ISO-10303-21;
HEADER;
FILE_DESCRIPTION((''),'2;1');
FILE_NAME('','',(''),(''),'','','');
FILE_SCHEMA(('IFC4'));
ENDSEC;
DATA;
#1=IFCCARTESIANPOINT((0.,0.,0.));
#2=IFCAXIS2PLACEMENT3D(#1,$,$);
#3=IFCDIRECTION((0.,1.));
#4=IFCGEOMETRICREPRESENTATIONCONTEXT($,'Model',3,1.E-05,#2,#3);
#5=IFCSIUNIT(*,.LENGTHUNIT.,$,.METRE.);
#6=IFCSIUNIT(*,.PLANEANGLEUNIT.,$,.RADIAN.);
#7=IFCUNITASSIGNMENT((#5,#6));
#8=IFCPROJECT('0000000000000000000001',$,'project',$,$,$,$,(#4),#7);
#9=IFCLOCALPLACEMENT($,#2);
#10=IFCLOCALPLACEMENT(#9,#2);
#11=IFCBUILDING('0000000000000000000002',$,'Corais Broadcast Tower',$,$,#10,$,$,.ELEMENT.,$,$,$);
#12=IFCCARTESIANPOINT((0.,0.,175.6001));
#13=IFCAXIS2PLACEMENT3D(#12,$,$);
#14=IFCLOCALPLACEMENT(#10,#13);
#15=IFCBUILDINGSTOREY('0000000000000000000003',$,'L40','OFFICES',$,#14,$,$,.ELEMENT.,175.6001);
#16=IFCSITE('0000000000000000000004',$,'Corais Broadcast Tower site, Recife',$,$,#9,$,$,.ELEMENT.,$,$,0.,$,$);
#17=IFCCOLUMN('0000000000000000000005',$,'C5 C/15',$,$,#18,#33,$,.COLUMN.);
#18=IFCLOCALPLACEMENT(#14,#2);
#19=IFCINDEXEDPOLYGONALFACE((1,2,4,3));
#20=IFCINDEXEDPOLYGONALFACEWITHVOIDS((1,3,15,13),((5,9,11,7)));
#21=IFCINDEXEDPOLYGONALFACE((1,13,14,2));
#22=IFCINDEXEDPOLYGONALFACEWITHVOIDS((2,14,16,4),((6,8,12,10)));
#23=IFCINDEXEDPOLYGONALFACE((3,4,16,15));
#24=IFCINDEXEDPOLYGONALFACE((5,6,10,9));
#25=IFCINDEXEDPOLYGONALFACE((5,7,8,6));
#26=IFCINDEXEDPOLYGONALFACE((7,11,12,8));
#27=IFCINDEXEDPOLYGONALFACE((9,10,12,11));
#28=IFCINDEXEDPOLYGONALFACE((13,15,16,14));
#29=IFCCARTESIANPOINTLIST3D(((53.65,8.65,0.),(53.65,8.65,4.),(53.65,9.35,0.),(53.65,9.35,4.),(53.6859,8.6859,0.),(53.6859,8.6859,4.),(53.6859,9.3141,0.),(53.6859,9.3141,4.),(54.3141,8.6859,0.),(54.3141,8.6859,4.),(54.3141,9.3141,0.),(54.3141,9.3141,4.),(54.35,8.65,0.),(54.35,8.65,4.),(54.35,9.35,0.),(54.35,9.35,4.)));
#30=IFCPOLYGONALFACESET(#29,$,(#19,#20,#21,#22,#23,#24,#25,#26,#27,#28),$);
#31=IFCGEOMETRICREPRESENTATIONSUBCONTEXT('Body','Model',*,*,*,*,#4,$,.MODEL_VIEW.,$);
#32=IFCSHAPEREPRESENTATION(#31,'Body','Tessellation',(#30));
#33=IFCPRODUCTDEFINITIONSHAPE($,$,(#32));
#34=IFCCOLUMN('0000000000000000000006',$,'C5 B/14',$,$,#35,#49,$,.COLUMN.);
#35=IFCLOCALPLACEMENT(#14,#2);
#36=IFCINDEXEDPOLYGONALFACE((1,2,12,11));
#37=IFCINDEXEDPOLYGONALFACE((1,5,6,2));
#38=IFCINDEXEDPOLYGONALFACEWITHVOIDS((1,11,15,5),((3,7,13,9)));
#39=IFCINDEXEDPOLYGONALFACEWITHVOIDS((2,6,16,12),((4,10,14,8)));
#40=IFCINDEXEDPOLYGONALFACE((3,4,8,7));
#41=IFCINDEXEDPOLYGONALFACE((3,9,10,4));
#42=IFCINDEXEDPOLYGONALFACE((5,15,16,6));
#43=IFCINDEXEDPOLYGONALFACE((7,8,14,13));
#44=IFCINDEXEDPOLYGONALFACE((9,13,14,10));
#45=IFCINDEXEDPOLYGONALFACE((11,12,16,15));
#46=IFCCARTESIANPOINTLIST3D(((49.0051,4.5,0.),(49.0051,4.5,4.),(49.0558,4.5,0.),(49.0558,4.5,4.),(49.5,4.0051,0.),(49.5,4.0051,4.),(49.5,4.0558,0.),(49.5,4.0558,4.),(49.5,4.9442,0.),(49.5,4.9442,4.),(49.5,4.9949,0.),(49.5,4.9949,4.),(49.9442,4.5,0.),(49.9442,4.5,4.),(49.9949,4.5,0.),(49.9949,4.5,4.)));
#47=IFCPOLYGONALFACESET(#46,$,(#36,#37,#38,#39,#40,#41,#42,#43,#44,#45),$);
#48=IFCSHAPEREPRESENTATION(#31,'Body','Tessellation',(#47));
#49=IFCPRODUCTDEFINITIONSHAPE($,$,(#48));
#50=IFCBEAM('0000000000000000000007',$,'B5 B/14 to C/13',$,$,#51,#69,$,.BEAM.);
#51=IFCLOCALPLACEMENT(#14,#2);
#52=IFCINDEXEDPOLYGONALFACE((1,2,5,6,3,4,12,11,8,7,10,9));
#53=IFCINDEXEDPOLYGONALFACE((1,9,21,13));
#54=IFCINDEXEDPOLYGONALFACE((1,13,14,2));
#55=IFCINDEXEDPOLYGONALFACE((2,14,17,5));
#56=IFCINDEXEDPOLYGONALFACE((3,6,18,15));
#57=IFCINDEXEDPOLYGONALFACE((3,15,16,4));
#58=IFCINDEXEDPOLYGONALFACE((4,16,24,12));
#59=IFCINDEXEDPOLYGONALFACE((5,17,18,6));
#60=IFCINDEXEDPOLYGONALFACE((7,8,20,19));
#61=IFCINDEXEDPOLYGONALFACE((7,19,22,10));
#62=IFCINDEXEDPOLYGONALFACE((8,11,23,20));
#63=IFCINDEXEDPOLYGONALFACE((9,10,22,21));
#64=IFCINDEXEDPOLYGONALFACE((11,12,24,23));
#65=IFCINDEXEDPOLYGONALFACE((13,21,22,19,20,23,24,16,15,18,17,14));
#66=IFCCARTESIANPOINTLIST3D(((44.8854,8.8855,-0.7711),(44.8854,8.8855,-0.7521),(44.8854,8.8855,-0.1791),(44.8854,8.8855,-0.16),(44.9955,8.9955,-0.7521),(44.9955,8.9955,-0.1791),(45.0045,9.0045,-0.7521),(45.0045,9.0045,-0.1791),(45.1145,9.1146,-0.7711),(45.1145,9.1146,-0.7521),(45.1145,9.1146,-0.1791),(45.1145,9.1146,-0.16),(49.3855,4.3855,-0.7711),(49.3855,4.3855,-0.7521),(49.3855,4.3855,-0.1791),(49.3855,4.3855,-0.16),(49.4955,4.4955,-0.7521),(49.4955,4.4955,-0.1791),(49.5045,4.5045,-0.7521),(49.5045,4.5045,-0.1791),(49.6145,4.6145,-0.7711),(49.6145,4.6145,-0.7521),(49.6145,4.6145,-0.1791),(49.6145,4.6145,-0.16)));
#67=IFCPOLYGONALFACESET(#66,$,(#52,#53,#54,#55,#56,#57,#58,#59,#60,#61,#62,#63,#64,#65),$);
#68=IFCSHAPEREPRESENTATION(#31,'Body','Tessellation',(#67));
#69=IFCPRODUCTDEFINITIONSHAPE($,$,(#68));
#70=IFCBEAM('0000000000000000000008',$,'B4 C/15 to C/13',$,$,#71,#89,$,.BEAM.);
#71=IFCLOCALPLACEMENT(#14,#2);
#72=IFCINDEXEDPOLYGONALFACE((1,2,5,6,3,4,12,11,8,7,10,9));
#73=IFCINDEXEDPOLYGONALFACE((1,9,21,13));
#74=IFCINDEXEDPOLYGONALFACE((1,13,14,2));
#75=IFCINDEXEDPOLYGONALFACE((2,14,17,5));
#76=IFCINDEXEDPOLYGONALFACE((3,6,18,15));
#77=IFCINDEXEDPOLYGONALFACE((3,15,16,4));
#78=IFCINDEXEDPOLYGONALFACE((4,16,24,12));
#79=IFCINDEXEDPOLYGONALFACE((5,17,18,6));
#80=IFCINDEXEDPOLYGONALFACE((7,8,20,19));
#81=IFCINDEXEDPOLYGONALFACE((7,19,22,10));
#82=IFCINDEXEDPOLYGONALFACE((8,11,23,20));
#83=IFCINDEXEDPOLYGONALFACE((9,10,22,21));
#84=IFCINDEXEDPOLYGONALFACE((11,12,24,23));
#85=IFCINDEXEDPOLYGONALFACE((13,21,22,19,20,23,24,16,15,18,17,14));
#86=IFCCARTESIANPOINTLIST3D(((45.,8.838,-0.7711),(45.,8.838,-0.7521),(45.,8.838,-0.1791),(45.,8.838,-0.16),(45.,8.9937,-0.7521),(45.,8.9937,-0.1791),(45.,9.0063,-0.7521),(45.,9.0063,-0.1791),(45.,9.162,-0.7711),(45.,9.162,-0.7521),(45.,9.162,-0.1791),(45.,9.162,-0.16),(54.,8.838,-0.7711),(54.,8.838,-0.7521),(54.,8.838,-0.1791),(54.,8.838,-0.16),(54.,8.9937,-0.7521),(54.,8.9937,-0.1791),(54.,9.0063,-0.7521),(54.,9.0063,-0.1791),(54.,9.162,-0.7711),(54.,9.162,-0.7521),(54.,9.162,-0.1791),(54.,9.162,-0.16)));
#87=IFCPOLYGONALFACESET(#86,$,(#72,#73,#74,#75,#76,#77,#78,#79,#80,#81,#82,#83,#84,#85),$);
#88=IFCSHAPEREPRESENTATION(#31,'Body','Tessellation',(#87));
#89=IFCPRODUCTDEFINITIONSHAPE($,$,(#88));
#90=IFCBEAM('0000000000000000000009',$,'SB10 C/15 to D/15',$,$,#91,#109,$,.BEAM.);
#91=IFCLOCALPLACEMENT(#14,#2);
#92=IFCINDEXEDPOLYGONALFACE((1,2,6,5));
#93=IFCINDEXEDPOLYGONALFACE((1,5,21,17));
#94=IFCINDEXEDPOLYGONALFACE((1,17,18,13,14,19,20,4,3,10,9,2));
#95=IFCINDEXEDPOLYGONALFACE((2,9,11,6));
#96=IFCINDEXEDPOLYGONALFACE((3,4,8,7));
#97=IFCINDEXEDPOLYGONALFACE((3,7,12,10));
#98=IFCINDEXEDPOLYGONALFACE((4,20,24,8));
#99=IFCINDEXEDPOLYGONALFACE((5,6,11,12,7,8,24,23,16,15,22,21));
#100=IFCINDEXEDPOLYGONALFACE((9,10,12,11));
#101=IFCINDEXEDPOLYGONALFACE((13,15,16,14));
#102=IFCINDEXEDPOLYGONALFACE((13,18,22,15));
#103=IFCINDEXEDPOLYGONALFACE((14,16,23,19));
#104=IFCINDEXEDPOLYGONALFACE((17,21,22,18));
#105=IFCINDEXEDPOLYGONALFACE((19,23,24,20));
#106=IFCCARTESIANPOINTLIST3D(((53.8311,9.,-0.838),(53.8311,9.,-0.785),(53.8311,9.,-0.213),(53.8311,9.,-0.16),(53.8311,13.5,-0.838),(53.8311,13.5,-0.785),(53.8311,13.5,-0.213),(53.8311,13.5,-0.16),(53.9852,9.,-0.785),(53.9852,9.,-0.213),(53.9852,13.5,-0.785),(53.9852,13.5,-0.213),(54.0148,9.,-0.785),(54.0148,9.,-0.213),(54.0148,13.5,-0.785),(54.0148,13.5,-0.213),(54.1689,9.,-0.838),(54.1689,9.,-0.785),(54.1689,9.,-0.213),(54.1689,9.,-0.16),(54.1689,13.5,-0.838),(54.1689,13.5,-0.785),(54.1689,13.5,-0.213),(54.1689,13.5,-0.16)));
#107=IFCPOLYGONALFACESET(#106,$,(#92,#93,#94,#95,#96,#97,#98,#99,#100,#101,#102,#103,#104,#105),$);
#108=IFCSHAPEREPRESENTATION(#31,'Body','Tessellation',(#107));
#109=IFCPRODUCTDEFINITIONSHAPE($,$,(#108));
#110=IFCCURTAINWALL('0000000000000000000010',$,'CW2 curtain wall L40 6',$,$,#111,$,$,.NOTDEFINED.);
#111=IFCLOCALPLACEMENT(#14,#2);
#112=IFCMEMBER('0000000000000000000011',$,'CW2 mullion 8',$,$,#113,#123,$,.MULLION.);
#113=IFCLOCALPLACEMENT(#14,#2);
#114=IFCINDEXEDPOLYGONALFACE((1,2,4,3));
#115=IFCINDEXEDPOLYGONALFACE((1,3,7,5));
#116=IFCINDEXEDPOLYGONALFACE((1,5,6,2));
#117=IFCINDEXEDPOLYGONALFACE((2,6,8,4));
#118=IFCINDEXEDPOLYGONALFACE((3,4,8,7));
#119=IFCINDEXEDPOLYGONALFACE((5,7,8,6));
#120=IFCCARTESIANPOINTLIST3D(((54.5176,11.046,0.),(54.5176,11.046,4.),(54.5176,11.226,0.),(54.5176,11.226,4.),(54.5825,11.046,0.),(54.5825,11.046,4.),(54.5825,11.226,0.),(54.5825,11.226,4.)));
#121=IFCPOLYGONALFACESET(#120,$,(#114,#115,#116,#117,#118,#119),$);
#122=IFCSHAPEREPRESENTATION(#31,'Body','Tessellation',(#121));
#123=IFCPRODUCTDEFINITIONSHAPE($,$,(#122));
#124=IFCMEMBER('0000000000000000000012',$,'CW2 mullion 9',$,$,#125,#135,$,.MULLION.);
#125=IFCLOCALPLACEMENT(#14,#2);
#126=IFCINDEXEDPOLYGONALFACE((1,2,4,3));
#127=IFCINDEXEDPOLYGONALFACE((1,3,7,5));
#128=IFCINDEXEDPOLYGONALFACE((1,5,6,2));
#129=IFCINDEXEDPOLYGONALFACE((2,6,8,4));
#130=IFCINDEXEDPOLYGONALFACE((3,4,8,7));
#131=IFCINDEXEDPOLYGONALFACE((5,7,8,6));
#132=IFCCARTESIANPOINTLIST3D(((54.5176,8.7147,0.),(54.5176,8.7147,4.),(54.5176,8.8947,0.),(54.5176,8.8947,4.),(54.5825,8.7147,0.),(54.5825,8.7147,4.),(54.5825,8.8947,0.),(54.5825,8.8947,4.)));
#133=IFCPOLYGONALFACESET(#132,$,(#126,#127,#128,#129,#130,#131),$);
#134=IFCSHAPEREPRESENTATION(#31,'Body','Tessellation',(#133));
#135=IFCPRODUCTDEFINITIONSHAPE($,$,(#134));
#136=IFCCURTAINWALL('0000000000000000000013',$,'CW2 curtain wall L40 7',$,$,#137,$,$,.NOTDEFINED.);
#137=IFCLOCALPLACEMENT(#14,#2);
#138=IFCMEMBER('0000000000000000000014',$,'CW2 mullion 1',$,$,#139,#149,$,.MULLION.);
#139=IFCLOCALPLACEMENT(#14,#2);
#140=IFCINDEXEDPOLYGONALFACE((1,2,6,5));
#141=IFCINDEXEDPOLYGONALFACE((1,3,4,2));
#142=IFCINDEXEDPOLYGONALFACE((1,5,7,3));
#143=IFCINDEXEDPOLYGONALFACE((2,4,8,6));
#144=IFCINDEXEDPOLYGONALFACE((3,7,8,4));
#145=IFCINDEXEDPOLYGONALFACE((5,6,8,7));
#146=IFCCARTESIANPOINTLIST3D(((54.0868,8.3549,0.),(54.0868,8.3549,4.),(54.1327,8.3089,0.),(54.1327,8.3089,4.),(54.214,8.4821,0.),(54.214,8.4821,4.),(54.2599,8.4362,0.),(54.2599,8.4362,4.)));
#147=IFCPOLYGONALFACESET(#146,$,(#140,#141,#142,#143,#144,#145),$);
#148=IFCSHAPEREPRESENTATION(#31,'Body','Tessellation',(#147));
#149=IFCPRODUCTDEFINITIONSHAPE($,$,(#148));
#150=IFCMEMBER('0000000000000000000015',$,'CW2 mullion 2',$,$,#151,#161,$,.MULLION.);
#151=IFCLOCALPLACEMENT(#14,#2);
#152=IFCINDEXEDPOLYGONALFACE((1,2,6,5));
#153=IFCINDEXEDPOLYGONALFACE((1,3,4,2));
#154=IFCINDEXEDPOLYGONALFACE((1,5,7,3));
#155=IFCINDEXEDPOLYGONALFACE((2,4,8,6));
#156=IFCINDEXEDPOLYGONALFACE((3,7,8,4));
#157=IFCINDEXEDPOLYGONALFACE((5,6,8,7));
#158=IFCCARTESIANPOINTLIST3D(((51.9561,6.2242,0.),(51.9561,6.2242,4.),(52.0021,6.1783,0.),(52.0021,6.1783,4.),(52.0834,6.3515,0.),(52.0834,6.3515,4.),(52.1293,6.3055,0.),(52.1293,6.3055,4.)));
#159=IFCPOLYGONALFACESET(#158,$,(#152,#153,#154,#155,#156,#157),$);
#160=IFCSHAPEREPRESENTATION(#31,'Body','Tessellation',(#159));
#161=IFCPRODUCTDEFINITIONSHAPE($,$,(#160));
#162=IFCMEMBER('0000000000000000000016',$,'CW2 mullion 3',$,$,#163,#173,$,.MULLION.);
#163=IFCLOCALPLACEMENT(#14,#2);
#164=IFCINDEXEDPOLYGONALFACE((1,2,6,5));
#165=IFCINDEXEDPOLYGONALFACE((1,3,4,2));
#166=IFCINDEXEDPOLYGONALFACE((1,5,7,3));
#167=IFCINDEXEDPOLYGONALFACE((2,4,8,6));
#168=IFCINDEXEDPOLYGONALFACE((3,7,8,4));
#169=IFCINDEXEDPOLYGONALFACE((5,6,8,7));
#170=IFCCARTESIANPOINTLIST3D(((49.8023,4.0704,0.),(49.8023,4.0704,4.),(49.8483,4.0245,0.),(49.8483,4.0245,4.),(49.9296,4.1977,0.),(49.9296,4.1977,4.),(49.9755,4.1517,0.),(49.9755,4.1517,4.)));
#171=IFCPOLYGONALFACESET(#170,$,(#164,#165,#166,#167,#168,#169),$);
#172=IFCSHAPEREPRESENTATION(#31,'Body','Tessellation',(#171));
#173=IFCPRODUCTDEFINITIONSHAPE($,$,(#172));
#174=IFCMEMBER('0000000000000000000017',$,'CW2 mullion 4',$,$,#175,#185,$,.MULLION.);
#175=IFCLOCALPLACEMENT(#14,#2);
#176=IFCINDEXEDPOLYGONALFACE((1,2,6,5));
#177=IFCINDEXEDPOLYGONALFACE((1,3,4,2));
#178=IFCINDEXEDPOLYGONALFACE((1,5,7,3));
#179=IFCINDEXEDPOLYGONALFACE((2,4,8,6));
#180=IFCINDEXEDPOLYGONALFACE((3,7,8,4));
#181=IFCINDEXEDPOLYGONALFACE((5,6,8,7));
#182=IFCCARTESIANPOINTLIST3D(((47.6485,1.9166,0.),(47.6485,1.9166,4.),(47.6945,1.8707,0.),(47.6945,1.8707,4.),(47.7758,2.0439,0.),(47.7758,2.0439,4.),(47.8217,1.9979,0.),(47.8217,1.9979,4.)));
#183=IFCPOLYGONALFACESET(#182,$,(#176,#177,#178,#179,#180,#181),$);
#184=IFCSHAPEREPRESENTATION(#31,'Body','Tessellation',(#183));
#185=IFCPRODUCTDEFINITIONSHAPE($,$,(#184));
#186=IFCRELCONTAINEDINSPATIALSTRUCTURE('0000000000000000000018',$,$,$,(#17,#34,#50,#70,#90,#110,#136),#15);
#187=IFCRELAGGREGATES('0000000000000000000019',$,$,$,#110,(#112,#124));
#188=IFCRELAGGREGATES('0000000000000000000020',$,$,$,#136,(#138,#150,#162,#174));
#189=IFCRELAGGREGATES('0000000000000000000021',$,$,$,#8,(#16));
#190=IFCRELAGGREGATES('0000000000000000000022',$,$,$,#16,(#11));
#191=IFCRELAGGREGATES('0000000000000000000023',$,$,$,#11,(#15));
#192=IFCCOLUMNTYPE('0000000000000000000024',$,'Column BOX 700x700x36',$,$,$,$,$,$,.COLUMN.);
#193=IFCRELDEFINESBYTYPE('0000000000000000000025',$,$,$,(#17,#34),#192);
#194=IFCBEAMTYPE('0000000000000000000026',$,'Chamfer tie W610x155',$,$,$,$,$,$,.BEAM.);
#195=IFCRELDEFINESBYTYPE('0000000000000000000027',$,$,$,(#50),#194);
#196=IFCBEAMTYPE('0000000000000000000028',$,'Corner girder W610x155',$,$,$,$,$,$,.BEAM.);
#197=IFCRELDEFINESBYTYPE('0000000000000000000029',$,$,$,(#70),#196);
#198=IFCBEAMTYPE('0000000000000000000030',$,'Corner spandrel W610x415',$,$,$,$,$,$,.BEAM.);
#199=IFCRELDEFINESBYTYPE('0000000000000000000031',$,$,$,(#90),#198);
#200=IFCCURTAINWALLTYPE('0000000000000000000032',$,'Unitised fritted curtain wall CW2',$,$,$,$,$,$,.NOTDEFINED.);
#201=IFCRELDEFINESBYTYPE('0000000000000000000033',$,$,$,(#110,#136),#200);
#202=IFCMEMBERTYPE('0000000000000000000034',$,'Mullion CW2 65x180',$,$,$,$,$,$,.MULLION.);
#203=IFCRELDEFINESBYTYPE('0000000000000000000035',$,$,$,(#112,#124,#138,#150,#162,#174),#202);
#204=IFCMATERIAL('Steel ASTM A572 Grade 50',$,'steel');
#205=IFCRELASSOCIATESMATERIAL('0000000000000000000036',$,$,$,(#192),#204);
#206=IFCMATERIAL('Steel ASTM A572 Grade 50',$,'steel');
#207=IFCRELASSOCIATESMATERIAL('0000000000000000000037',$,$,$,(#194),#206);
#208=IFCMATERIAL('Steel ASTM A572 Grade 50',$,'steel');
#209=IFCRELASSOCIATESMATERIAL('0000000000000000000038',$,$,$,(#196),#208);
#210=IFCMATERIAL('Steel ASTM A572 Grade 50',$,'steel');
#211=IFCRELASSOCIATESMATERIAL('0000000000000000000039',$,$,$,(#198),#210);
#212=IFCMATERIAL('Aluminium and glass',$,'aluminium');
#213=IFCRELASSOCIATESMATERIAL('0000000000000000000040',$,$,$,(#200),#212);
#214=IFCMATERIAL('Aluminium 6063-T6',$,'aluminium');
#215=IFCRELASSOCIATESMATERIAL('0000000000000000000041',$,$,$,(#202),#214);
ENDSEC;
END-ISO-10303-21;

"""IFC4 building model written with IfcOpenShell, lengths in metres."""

from ifc_helpers import new_model, si_unit, direction, frame, origin, origin_2d, place, context, subcontext, project, spatial, rectangle, hollow_rectangle, i_section, extrude, material, material_profile, profile_set, type_object, element, aggregate, save


model = new_model("IFC4")

# Units and contexts
model_context = context("Model", 3, precision=1e-05, world=origin(), true_north=direction((0.0, 1.0)))
body_context = subcontext(model_context, "Body", "Model", "MODEL_VIEW")
ifc_project = project(units=[si_unit("LENGTHUNIT", "METRE"), si_unit("PLANEANGLEUNIT", "RADIAN")], contexts=[model_context])

# Site, building, storey
site_placement = place(None, origin())
site = spatial("IfcSite", under=ifc_project, at=site_placement, Name="Corais Broadcast Tower site, Recife", CompositionType="ELEMENT", RefElevation=0.0)
building_placement = place(site_placement, origin())
building = spatial("IfcBuilding", under=site, at=building_placement, Name="Corais Broadcast Tower", CompositionType="ELEMENT")
storey_placement = place(building_placement, frame((0.0, 0.0, 175.6001)))
storey = spatial("IfcBuildingStorey", under=building, at=storey_placement, Name="L40", Description="OFFICES", CompositionType="ELEMENT", Elevation=175.6001)

# Columns
ifc_material_1 = material(Name="Steel ASTM A572 Grade 50", Category="steel")
ifc_material_profile_1 = material_profile(ifc_material_1, hollow_rectangle(XDim=0.7, YDim=0.7, WallThickness=0.0359, at=origin_2d()), Name="BOX 700x700x36")
ifc_profile_set_1 = profile_set([ifc_material_profile_1], Name="Steel ASTM A572 Grade 50")
column_type = type_object("IfcColumnType", Name="Column BOX 700x700x36", PredefinedType="COLUMN", material=ifc_profile_set_1)
for number, where, z_axis, x_axis, name in (
    (1, (54.0, 9.0, 0.0), (0.0, 0.0, 1.0), (1.0, 0.0, 0.0), "C5 C/15"),
    (2, (49.5, 4.5, 0.0), (0.0, 0.0, 1.0), (0.707107, 0.707107, 0.0), "C5 B/14"),
):
    element("IfcColumn", number, at=place(storey_placement, frame(where, z_axis=z_axis, x_axis=x_axis)), inside=storey, type_object=column_type, Name=name, PredefinedType="COLUMN", context=body_context, shape_type="SweptSolid", body=[
        extrude(hollow_rectangle(XDim=0.7, YDim=0.7, WallThickness=0.0359, at=origin_2d()), origin(), (0.0, 0.0, 1.0), 4.0),
    ])

# Beams
ifc_material_2 = material(Name="Steel ASTM A572 Grade 50", Category="steel")
ifc_material_profile_2 = material_profile(ifc_material_2, i_section(OverallWidth=0.324, OverallDepth=0.6111, WebThickness=0.0127, FlangeThickness=0.019, at=origin_2d()), Name="W610x155")
ifc_profile_set_2 = profile_set([ifc_material_profile_2], Name="Steel ASTM A572 Grade 50")
beam_type_1 = type_object("IfcBeamType", Name="Chamfer tie W610x155", PredefinedType="BEAM", material=ifc_profile_set_2)
beam_1_placement = place(storey_placement, frame((49.5, 4.5, -0.4656), z_axis=(-0.707107, 0.707107, 0.0), x_axis=(-0.707107, -0.707107, 0.0)))
element("IfcBeam", 3, at=beam_1_placement, inside=storey, type_object=beam_type_1, Name="B5 B/14 to C/13", PredefinedType="BEAM", context=body_context, shape_type="SweptSolid", body=[
    extrude(i_section(OverallWidth=0.324, OverallDepth=0.6111, WebThickness=0.0127, FlangeThickness=0.019, at=origin_2d()), origin(), (0.0, 0.0, 1.0), 6.364),
])
ifc_material_3 = material(Name="Steel ASTM A572 Grade 50", Category="steel")
ifc_material_profile_3 = material_profile(ifc_material_3, i_section(OverallWidth=0.324, OverallDepth=0.6111, WebThickness=0.0127, FlangeThickness=0.019, at=origin_2d()), Name="W610x155")
ifc_profile_set_3 = profile_set([ifc_material_profile_3], Name="Steel ASTM A572 Grade 50")
beam_type_2 = type_object("IfcBeamType", Name="Corner girder W610x155", PredefinedType="BEAM", material=ifc_profile_set_3)
beam_2_placement = place(storey_placement, frame((54.0, 9.0, -0.4656), z_axis=(-1.0, 0.0, 0.0), x_axis=(0.0, -1.0, 0.0)))
element("IfcBeam", 4, at=beam_2_placement, inside=storey, type_object=beam_type_2, Name="B4 C/15 to C/13", PredefinedType="BEAM", context=body_context, shape_type="SweptSolid", body=[
    extrude(i_section(OverallWidth=0.324, OverallDepth=0.6111, WebThickness=0.0127, FlangeThickness=0.019, at=origin_2d()), origin(), (0.0, 0.0, 1.0), 9.0),
])
ifc_material_4 = material(Name="Steel ASTM A572 Grade 50", Category="steel")
ifc_material_profile_4 = material_profile(ifc_material_4, i_section(OverallWidth=0.3379, OverallDepth=0.678, WebThickness=0.0295, FlangeThickness=0.053, at=origin_2d()), Name="W610x415")
ifc_profile_set_4 = profile_set([ifc_material_profile_4], Name="Steel ASTM A572 Grade 50")
beam_type_3 = type_object("IfcBeamType", Name="Corner spandrel W610x415", PredefinedType="BEAM", material=ifc_profile_set_4)
beam_3_placement = place(storey_placement, frame((54.0, 9.0, -0.499), z_axis=(0.0, 1.0, 0.0), x_axis=(-1.0, 0.0, 0.0)))
element("IfcBeam", 5, at=beam_3_placement, inside=storey, type_object=beam_type_3, Name="SB10 C/15 to D/15", PredefinedType="BEAM", context=body_context, shape_type="SweptSolid", body=[
    extrude(i_section(OverallWidth=0.3379, OverallDepth=0.678, WebThickness=0.0295, FlangeThickness=0.053, at=origin_2d()), origin(), (0.0, 0.0, 1.0), 4.5),
])

# Curtain walls, members
ifc_material_5 = material(Name="Aluminium and glass", Category="aluminium")
curtain_wall_type = type_object("IfcCurtainWallType", Name="Unitised fritted curtain wall CW2", PredefinedType="NOTDEFINED", material=ifc_material_5)
curtain_wall_1_placement = place(storey_placement, origin())
curtain_wall_1 = element("IfcCurtainWall", 6, at=curtain_wall_1_placement, inside=storey, type_object=curtain_wall_type, Name="CW2 curtain wall L40 6", PredefinedType="NOTDEFINED")
ifc_material_6 = material(Name="Aluminium 6063-T6", Category="aluminium")
ifc_material_profile_5 = material_profile(ifc_material_6, rectangle(XDim=0.0649, YDim=0.1799, at=origin_2d()), Name="Mullion CW2 65x180")
ifc_profile_set_5 = profile_set([ifc_material_profile_5], Name="Aluminium 6063-T6")
member_type_1 = type_object("IfcMemberType", Name="Mullion CW2 65x180", PredefinedType="MULLION", material=ifc_profile_set_5)
member_1_placement = place(storey_placement, frame((54.55, 11.136, 0.0), z_axis=(0.0, 0.0, 1.0), x_axis=(1.0, 0.0, 0.0)))
member_1 = element("IfcMember", 7, at=member_1_placement, type_object=member_type_1, Name="CW2 mullion 8", PredefinedType="MULLION", context=body_context, shape_type="SweptSolid", body=[
    extrude(rectangle(XDim=0.0649, YDim=0.1799, at=origin_2d()), origin(), (0.0, 0.0, 1.0), 4.0),
])
member_2_placement = place(storey_placement, frame((54.55, 8.8047, 0.0), z_axis=(0.0, 0.0, 1.0), x_axis=(1.0, 0.0, 0.0)))
member_2 = element("IfcMember", 8, at=member_2_placement, type_object=member_type_1, Name="CW2 mullion 9", PredefinedType="MULLION", context=body_context, shape_type="SweptSolid", body=[
    extrude(rectangle(XDim=0.0649, YDim=0.1799, at=origin_2d()), origin(), (0.0, 0.0, 1.0), 4.0),
])
curtain_wall_2_placement = place(storey_placement, origin())
curtain_wall_2 = element("IfcCurtainWall", 9, at=curtain_wall_2_placement, inside=storey, type_object=curtain_wall_type, Name="CW2 curtain wall L40 7", PredefinedType="NOTDEFINED")
member_3_placement = place(storey_placement, frame((54.1733, 8.3955, 0.0), z_axis=(0.0, 0.0, 1.0), x_axis=(0.707107, -0.707107, 0.0)))
member_3 = element("IfcMember", 10, at=member_3_placement, type_object=member_type_1, Name="CW2 mullion 1", PredefinedType="MULLION", context=body_context, shape_type="SweptSolid", body=[
    extrude(rectangle(XDim=0.0649, YDim=0.1799, at=origin_2d()), origin(), (0.0, 0.0, 1.0), 4.0),
])
member_4_placement = place(storey_placement, frame((52.0427, 6.2649, 0.0), z_axis=(0.0, 0.0, 1.0), x_axis=(0.707107, -0.707107, 0.0)))
member_4 = element("IfcMember", 11, at=member_4_placement, type_object=member_type_1, Name="CW2 mullion 2", PredefinedType="MULLION", context=body_context, shape_type="SweptSolid", body=[
    extrude(rectangle(XDim=0.0649, YDim=0.1799, at=origin_2d()), origin(), (0.0, 0.0, 1.0), 4.0),
])
member_5_placement = place(storey_placement, frame((49.8889, 4.1111, 0.0), z_axis=(0.0, 0.0, 1.0), x_axis=(0.707107, -0.707107, 0.0)))
member_5 = element("IfcMember", 12, at=member_5_placement, type_object=member_type_1, Name="CW2 mullion 3", PredefinedType="MULLION", context=body_context, shape_type="SweptSolid", body=[
    extrude(rectangle(XDim=0.0649, YDim=0.1799, at=origin_2d()), origin(), (0.0, 0.0, 1.0), 4.0),
])
member_6_placement = place(storey_placement, frame((47.7351, 1.9573, 0.0), z_axis=(0.0, 0.0, 1.0), x_axis=(0.707107, -0.707107, 0.0)))
member_6 = element("IfcMember", 13, at=member_6_placement, type_object=member_type_1, Name="CW2 mullion 4", PredefinedType="MULLION", context=body_context, shape_type="SweptSolid", body=[
    extrude(rectangle(XDim=0.0649, YDim=0.1799, at=origin_2d()), origin(), (0.0, 0.0, 1.0), 4.0),
])

aggregate(curtain_wall_1, [member_1, member_2])
aggregate(curtain_wall_2, [member_3, member_4, member_5, member_6])

save(model, "model.ifc")
